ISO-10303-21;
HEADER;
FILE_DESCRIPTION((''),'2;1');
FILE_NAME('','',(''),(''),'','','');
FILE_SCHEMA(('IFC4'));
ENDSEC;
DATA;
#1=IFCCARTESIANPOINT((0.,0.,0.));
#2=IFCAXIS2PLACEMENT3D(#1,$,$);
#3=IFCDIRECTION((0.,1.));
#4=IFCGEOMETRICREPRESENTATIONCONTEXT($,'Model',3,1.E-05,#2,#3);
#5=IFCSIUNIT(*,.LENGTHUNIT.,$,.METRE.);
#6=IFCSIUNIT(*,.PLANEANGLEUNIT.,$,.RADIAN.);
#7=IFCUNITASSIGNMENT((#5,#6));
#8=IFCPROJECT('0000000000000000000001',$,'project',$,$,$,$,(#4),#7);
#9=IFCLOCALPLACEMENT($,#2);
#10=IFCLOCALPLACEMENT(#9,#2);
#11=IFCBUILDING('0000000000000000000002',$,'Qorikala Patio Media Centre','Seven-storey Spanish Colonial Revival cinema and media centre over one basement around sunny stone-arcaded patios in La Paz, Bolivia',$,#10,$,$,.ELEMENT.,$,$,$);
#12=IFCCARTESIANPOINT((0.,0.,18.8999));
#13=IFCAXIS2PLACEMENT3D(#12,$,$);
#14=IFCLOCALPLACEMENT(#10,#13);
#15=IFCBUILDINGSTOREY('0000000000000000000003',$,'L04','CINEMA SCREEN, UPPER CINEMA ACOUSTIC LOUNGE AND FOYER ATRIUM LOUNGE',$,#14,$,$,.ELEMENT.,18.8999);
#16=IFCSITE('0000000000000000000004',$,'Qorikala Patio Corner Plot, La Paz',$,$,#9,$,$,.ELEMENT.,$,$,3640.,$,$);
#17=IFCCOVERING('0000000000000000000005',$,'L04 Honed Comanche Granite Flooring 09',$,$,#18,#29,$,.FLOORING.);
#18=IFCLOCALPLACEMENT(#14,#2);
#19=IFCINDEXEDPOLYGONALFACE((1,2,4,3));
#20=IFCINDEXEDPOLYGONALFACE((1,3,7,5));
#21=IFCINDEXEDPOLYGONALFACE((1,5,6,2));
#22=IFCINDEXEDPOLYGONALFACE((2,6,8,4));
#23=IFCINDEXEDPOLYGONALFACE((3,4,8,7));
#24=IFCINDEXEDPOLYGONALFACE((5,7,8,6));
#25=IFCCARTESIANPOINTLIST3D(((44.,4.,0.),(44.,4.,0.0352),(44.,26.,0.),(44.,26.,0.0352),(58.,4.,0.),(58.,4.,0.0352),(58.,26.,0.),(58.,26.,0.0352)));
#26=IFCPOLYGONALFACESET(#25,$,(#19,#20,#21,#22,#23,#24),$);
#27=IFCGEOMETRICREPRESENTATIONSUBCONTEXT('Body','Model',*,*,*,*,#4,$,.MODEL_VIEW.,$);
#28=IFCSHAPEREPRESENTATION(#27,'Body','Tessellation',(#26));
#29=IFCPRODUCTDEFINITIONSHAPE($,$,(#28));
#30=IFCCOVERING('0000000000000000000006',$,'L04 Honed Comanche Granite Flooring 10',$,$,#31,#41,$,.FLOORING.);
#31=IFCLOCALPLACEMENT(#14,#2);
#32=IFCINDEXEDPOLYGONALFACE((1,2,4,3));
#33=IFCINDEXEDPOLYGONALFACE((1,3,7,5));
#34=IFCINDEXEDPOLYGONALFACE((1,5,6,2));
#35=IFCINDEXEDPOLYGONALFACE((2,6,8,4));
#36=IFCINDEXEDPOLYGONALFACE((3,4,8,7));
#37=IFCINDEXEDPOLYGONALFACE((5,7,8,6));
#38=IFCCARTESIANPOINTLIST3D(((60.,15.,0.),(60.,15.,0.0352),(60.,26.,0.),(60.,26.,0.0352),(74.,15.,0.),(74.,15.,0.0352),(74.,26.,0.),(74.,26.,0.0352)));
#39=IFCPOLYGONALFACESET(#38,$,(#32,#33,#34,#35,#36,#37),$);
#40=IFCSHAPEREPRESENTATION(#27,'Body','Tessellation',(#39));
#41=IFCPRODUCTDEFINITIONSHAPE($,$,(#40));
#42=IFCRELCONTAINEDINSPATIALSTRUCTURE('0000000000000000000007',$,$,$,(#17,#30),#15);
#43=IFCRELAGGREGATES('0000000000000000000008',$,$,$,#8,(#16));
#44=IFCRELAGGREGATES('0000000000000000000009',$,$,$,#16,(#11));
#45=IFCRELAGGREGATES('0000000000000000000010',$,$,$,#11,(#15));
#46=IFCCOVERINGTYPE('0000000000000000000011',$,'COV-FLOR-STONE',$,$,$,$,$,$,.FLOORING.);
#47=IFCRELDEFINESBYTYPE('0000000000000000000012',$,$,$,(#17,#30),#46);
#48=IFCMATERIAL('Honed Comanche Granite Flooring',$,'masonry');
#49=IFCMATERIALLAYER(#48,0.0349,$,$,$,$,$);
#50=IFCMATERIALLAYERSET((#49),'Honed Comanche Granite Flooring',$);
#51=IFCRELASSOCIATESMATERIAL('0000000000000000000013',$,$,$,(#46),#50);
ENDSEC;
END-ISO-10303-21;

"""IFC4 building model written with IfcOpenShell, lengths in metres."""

from ifc_helpers import new_model, si_unit, direction, frame, origin, place, context, subcontext, project, spatial, polyline, outline, extrude, material, layer, layer_set, type_object, element, save


model = new_model("IFC4")

# Units and contexts
model_context = context("Model", 3, precision=1e-05, world=origin(), true_north=direction((0.0, 1.0)))
body_context = subcontext(model_context, "Body", "Model", "MODEL_VIEW")
ifc_project = project(units=[si_unit("LENGTHUNIT", "METRE"), si_unit("PLANEANGLEUNIT", "RADIAN")], contexts=[model_context])

# Site, building, storey
site_placement = place(None, origin())
site = spatial("IfcSite", under=ifc_project, at=site_placement, Name="Qorikala Patio Corner Plot, La Paz", CompositionType="ELEMENT", RefElevation=3640.0)
building_placement = place(site_placement, origin())
building = spatial("IfcBuilding", under=site, at=building_placement, Name="Qorikala Patio Media Centre", Description="Seven-storey Spanish Colonial Revival cinema and media centre over one basement around sunny stone-arcaded patios in La Paz, Bolivia", CompositionType="ELEMENT")
storey_placement = place(building_placement, frame((0.0, 0.0, 18.8999)))
storey = spatial("IfcBuildingStorey", under=building, at=storey_placement, Name="L04", Description="CINEMA SCREEN, UPPER CINEMA ACOUSTIC LOUNGE AND FOYER ATRIUM LOUNGE", CompositionType="ELEMENT", Elevation=18.8999)

# Coverings
ifc_material_1 = material(Name="Honed Comanche Granite Flooring", Category="masonry")
ifc_layer_1 = layer(ifc_material_1, 0.0349)
ifc_layer_set_1 = layer_set([ifc_layer_1], Name="Honed Comanche Granite Flooring")
covering_type_1 = type_object("IfcCoveringType", Name="COV-FLOR-STONE", PredefinedType="FLOORING", material=ifc_layer_set_1)
covering_1_placement = place(storey_placement, origin())
element("IfcCovering", 1, at=covering_1_placement, inside=storey, type_object=covering_type_1, Name="L04 Honed Comanche Granite Flooring 09", PredefinedType="FLOORING", context=body_context, shape_type="SweptSolid", body=[
    extrude(outline(polyline([(44.0, 4.0), (58.0, 4.0), (58.0, 26.0), (44.0, 26.0), (44.0, 4.0)])), origin(), (0.0, 0.0, 1.0), 0.0352),
])
covering_2_placement = place(storey_placement, origin())
element("IfcCovering", 2, at=covering_2_placement, inside=storey, type_object=covering_type_1, Name="L04 Honed Comanche Granite Flooring 10", PredefinedType="FLOORING", context=body_context, shape_type="SweptSolid", body=[
    extrude(outline(polyline([(60.0, 15.0), (74.0, 15.0), (74.0, 26.0), (60.0, 26.0), (60.0, 15.0)])), origin(), (0.0, 0.0, 1.0), 0.0352),
])

save(model, "model.ifc")
